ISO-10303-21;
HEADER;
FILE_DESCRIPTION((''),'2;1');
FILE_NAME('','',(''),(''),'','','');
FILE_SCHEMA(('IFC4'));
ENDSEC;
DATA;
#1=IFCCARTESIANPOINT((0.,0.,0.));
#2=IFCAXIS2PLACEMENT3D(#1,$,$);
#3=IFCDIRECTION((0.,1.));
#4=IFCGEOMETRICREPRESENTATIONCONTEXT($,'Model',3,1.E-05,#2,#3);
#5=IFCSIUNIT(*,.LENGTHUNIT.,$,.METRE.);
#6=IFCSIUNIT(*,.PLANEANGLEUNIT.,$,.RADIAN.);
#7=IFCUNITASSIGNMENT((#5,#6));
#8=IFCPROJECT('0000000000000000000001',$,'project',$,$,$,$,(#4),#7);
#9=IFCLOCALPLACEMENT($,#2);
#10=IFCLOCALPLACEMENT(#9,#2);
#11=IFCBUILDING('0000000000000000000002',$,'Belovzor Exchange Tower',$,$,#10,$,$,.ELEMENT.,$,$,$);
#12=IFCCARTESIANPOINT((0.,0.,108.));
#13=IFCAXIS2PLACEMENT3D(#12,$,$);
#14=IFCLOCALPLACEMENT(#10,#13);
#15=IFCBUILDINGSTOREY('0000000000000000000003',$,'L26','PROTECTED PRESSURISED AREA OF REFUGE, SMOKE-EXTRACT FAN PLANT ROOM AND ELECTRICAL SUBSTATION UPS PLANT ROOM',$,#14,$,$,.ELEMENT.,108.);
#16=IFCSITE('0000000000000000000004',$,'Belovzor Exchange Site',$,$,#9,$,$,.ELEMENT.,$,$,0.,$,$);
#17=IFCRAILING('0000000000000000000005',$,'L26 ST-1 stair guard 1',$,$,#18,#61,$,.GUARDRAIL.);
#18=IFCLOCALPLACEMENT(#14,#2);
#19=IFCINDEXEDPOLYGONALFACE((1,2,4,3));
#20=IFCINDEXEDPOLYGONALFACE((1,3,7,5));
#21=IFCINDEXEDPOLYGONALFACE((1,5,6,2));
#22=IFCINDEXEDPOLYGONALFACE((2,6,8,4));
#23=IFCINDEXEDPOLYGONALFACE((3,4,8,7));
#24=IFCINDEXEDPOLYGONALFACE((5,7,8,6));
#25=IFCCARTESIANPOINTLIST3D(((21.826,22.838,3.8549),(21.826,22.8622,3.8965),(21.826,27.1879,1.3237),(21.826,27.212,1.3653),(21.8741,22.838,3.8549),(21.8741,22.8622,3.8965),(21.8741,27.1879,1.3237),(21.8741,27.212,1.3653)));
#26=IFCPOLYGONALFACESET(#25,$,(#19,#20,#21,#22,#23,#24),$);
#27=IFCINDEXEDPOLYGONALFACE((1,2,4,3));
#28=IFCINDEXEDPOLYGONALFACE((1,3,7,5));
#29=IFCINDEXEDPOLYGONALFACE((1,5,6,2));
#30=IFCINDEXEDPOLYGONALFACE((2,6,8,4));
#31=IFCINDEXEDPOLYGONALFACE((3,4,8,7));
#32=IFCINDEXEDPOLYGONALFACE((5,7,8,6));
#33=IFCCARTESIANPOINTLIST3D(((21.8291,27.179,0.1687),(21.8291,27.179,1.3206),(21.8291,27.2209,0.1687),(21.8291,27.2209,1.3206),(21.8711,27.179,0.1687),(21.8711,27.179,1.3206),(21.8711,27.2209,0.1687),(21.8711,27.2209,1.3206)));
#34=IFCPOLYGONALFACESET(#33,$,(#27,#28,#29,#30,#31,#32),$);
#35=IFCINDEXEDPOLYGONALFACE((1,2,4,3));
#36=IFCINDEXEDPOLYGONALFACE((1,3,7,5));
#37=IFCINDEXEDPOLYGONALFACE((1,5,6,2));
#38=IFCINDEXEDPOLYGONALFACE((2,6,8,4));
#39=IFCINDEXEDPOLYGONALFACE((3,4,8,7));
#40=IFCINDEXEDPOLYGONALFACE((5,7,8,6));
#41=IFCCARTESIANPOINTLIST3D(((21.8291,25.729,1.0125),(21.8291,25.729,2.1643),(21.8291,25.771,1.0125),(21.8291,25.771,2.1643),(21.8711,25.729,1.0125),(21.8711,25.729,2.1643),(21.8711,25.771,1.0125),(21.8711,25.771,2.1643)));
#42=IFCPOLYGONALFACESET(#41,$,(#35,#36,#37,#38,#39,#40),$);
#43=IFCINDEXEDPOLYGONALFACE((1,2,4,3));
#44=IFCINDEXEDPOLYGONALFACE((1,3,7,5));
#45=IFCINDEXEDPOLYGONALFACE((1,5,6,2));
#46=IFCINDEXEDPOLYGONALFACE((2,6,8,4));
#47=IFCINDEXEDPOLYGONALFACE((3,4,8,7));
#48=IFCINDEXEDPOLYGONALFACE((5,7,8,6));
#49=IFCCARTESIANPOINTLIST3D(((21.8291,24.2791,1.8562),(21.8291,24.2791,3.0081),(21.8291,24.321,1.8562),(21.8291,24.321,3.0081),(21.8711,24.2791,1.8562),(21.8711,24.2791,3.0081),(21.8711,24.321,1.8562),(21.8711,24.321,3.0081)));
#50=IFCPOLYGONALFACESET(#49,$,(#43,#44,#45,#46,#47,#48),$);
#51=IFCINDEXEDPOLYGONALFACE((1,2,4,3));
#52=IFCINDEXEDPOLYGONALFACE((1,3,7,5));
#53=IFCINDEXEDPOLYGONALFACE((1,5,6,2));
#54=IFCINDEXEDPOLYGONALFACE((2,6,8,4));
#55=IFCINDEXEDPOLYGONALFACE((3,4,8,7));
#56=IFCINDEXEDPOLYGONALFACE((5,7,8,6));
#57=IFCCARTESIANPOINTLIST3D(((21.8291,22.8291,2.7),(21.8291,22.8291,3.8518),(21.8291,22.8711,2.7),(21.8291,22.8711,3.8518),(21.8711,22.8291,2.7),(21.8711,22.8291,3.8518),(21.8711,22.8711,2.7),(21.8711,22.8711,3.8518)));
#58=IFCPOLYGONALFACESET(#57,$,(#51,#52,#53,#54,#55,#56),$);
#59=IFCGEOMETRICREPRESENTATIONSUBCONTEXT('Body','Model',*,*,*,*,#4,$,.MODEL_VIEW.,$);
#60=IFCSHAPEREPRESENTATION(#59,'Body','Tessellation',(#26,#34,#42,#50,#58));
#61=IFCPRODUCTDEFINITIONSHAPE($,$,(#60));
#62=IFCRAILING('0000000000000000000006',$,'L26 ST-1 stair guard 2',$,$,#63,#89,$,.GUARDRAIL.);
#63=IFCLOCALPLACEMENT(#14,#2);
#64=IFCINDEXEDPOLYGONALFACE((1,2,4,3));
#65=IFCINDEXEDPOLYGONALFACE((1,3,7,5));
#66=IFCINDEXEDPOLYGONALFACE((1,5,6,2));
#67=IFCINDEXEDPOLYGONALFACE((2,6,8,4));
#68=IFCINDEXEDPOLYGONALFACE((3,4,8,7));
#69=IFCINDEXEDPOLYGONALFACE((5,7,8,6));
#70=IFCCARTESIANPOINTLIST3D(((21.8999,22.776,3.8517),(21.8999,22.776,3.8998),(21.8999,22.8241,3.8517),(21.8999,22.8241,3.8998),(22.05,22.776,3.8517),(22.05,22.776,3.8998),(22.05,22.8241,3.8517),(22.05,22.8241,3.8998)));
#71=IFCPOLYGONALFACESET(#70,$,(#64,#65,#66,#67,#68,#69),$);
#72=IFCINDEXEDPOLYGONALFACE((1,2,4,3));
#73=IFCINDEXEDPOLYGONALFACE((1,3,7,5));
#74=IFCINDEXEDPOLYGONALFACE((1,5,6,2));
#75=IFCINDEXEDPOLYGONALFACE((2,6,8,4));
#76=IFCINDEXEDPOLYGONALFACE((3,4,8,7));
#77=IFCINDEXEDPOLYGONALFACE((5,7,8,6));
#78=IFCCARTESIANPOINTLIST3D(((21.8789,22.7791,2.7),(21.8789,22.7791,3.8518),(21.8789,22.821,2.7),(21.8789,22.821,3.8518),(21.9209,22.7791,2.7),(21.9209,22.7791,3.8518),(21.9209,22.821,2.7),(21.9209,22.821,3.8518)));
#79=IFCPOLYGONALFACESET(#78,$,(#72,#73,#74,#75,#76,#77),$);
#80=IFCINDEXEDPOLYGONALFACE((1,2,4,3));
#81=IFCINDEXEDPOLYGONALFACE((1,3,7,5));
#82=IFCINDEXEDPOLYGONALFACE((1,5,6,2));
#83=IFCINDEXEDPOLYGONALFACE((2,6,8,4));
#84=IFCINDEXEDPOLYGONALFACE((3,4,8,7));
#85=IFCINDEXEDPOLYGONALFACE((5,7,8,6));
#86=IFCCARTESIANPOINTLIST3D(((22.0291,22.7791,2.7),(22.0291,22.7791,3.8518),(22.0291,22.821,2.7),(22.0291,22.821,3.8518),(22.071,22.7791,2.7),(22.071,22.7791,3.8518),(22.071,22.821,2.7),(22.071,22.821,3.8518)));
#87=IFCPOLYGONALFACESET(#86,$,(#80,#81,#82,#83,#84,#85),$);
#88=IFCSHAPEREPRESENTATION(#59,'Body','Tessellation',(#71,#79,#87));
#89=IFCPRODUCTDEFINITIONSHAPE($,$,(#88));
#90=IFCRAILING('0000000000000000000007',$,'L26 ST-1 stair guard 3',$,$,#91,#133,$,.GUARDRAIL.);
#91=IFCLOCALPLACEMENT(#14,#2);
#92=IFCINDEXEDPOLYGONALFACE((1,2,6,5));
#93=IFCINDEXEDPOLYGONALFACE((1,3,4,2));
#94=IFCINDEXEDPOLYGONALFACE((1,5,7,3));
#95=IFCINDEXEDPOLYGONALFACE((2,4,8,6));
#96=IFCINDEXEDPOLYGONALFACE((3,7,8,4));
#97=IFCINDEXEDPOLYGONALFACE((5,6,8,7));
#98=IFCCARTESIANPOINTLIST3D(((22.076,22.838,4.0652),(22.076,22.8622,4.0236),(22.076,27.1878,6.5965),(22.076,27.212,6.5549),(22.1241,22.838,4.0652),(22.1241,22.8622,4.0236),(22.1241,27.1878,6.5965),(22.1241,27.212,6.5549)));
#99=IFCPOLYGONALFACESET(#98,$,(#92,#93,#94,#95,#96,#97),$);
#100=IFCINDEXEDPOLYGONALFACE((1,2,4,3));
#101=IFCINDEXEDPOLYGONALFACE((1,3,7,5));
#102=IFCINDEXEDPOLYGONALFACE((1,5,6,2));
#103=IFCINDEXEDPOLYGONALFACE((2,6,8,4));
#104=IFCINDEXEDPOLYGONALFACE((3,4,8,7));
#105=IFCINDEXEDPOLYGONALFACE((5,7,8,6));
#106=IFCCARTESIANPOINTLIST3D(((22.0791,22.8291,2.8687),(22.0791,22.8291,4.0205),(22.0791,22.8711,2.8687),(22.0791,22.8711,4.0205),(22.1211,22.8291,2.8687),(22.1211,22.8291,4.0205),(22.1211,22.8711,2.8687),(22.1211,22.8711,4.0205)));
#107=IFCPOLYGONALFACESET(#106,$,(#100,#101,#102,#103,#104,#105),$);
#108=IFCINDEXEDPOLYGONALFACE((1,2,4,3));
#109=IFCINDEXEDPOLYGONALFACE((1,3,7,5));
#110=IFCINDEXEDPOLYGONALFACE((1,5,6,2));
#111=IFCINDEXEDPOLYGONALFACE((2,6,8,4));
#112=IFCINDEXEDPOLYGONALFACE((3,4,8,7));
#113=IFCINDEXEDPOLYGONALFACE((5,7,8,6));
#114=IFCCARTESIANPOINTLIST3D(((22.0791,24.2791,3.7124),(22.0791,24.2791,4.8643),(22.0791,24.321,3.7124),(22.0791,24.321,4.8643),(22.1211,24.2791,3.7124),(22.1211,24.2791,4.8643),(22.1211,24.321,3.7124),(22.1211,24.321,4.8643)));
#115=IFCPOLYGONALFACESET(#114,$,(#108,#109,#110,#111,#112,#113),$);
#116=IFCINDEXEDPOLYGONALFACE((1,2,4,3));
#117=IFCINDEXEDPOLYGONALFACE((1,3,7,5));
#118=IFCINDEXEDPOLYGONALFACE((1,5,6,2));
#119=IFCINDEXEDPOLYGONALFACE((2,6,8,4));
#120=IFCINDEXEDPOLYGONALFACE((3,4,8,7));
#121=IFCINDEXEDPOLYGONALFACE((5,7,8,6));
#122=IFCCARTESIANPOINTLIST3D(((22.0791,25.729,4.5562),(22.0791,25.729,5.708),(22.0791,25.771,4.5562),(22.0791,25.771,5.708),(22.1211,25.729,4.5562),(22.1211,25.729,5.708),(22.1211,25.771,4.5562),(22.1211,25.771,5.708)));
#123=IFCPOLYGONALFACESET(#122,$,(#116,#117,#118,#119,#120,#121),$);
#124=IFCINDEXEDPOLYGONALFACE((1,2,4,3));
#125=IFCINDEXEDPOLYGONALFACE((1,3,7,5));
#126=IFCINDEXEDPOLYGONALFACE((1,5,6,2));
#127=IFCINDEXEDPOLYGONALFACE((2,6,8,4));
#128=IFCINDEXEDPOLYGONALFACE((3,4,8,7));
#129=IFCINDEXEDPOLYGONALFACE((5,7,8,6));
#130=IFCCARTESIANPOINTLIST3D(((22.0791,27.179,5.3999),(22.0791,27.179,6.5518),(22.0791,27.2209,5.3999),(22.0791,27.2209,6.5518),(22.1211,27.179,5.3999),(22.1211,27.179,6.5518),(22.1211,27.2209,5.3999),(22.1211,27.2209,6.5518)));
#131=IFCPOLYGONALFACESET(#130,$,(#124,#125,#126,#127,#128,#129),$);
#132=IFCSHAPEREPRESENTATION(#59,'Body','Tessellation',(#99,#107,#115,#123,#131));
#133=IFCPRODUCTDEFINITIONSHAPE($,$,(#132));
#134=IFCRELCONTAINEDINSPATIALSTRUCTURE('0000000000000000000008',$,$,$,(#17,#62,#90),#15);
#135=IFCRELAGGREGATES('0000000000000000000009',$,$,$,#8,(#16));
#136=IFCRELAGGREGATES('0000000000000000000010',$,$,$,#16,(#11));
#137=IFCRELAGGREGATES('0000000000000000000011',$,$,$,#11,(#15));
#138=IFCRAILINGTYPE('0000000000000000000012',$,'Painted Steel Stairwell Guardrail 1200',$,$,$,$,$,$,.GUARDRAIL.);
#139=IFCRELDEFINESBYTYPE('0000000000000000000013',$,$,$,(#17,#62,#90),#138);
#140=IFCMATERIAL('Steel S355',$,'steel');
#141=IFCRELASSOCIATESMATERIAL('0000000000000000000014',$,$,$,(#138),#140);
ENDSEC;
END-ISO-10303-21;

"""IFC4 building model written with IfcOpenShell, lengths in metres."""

from ifc_helpers import new_model, si_unit, direction, frame, origin, origin_2d, place, context, subcontext, project, spatial, rectangle, extrude, material, type_object, element, save


model = new_model("IFC4")

# Units and contexts
model_context = context("Model", 3, precision=1e-05, world=origin(), true_north=direction((0.0, 1.0)))
body_context = subcontext(model_context, "Body", "Model", "MODEL_VIEW")
ifc_project = project(units=[si_unit("LENGTHUNIT", "METRE"), si_unit("PLANEANGLEUNIT", "RADIAN")], contexts=[model_context])

# Site, building, storey
site_placement = place(None, origin())
site = spatial("IfcSite", under=ifc_project, at=site_placement, Name="Belovzor Exchange Site", CompositionType="ELEMENT", RefElevation=0.0)
building_placement = place(site_placement, origin())
building = spatial("IfcBuilding", under=site, at=building_placement, Name="Belovzor Exchange Tower", CompositionType="ELEMENT")
storey_placement = place(building_placement, frame((0.0, 0.0, 108.0)))
storey = spatial("IfcBuildingStorey", under=building, at=storey_placement, Name="L26", Description="PROTECTED PRESSURISED AREA OF REFUGE, SMOKE-EXTRACT FAN PLANT ROOM AND ELECTRICAL SUBSTATION UPS PLANT ROOM", CompositionType="ELEMENT", Elevation=108.0)

# Railings
ifc_material_1 = material(Name="Steel S355", Category="steel")
railing_type_1 = type_object("IfcRailingType", Name="Painted Steel Stairwell Guardrail 1200", PredefinedType="GUARDRAIL", material=ifc_material_1)
railing_1_placement = place(storey_placement, frame((21.8501, 27.2, 0.1687)))
element("IfcRailing", 1, at=railing_1_placement, inside=storey, type_object=railing_type_1, Name="L26 ST-1 stair guard 1", PredefinedType="GUARDRAIL", context=body_context, shape_type="SweptSolid", body=[
    extrude(rectangle(XDim=0.0481, YDim=0.0481, at=origin_2d()), frame((0.0, 0.0, 1.1758), z_axis=(0.0, -0.864312, 0.502957), x_axis=(1.0, 0.0, 0.0)), (0.0, 0.0, 1.0), 5.0327),
    extrude(rectangle(XDim=0.042, YDim=0.042, at=origin_2d()), origin(), (0.0, 0.0, 1.0), 1.1519),
    extrude(rectangle(XDim=0.042, YDim=0.042, at=origin_2d()), frame((0.0, -1.45, 0.8438)), (0.0, 0.0, 1.0), 1.1519),
    extrude(rectangle(XDim=0.042, YDim=0.042, at=origin_2d()), frame((0.0, -2.8999, 1.6875)), (0.0, 0.0, 1.0), 1.1519),
    extrude(rectangle(XDim=0.042, YDim=0.042, at=origin_2d()), frame((0.0, -4.3499, 2.5312)), (0.0, 0.0, 1.0), 1.1519),
])
railing_2_placement = place(storey_placement, frame((21.8999, 22.8, 2.7)))
element("IfcRailing", 2, at=railing_2_placement, inside=storey, type_object=railing_type_1, Name="L26 ST-1 stair guard 2", PredefinedType="GUARDRAIL", context=body_context, shape_type="SweptSolid", body=[
    extrude(rectangle(XDim=0.0481, YDim=0.0481, at=origin_2d()), frame((0.0, 0.0, 1.1758), z_axis=(1.0, 0.0, 0.0), x_axis=(0.0, 1.0, 0.0)), (0.0, 0.0, 1.0), 0.1501),
    extrude(rectangle(XDim=0.042, YDim=0.042, at=origin_2d()), origin(), (0.0, 0.0, 1.0), 1.1519),
    extrude(rectangle(XDim=0.042, YDim=0.042, at=origin_2d()), frame((0.1501, 0.0, 0.0)), (0.0, 0.0, 1.0), 1.1519),
])
railing_3_placement = place(storey_placement, frame((22.1001, 22.8501, 2.8687)))
element("IfcRailing", 3, at=railing_3_placement, inside=storey, type_object=railing_type_1, Name="L26 ST-1 stair guard 3", PredefinedType="GUARDRAIL", context=body_context, shape_type="SweptSolid", body=[
    extrude(rectangle(XDim=0.0481, YDim=0.0481, at=origin_2d()), frame((0.0, 0.0, 1.1758), z_axis=(0.0, 0.864312, 0.502957), x_axis=(-1.0, 0.0, 0.0)), (0.0, 0.0, 1.0), 5.0327),
    extrude(rectangle(XDim=0.042, YDim=0.042, at=origin_2d()), origin(), (0.0, 0.0, 1.0), 1.1519),
    extrude(rectangle(XDim=0.042, YDim=0.042, at=origin_2d()), frame((0.0, 1.45, 0.8438)), (0.0, 0.0, 1.0), 1.1519),
    extrude(rectangle(XDim=0.042, YDim=0.042, at=origin_2d()), frame((0.0, 2.8999, 1.6875)), (0.0, 0.0, 1.0), 1.1519),
    extrude(rectangle(XDim=0.042, YDim=0.042, at=origin_2d()), frame((0.0, 4.3499, 2.5312)), (0.0, 0.0, 1.0), 1.1519),
])

save(model, "model.ifc")
